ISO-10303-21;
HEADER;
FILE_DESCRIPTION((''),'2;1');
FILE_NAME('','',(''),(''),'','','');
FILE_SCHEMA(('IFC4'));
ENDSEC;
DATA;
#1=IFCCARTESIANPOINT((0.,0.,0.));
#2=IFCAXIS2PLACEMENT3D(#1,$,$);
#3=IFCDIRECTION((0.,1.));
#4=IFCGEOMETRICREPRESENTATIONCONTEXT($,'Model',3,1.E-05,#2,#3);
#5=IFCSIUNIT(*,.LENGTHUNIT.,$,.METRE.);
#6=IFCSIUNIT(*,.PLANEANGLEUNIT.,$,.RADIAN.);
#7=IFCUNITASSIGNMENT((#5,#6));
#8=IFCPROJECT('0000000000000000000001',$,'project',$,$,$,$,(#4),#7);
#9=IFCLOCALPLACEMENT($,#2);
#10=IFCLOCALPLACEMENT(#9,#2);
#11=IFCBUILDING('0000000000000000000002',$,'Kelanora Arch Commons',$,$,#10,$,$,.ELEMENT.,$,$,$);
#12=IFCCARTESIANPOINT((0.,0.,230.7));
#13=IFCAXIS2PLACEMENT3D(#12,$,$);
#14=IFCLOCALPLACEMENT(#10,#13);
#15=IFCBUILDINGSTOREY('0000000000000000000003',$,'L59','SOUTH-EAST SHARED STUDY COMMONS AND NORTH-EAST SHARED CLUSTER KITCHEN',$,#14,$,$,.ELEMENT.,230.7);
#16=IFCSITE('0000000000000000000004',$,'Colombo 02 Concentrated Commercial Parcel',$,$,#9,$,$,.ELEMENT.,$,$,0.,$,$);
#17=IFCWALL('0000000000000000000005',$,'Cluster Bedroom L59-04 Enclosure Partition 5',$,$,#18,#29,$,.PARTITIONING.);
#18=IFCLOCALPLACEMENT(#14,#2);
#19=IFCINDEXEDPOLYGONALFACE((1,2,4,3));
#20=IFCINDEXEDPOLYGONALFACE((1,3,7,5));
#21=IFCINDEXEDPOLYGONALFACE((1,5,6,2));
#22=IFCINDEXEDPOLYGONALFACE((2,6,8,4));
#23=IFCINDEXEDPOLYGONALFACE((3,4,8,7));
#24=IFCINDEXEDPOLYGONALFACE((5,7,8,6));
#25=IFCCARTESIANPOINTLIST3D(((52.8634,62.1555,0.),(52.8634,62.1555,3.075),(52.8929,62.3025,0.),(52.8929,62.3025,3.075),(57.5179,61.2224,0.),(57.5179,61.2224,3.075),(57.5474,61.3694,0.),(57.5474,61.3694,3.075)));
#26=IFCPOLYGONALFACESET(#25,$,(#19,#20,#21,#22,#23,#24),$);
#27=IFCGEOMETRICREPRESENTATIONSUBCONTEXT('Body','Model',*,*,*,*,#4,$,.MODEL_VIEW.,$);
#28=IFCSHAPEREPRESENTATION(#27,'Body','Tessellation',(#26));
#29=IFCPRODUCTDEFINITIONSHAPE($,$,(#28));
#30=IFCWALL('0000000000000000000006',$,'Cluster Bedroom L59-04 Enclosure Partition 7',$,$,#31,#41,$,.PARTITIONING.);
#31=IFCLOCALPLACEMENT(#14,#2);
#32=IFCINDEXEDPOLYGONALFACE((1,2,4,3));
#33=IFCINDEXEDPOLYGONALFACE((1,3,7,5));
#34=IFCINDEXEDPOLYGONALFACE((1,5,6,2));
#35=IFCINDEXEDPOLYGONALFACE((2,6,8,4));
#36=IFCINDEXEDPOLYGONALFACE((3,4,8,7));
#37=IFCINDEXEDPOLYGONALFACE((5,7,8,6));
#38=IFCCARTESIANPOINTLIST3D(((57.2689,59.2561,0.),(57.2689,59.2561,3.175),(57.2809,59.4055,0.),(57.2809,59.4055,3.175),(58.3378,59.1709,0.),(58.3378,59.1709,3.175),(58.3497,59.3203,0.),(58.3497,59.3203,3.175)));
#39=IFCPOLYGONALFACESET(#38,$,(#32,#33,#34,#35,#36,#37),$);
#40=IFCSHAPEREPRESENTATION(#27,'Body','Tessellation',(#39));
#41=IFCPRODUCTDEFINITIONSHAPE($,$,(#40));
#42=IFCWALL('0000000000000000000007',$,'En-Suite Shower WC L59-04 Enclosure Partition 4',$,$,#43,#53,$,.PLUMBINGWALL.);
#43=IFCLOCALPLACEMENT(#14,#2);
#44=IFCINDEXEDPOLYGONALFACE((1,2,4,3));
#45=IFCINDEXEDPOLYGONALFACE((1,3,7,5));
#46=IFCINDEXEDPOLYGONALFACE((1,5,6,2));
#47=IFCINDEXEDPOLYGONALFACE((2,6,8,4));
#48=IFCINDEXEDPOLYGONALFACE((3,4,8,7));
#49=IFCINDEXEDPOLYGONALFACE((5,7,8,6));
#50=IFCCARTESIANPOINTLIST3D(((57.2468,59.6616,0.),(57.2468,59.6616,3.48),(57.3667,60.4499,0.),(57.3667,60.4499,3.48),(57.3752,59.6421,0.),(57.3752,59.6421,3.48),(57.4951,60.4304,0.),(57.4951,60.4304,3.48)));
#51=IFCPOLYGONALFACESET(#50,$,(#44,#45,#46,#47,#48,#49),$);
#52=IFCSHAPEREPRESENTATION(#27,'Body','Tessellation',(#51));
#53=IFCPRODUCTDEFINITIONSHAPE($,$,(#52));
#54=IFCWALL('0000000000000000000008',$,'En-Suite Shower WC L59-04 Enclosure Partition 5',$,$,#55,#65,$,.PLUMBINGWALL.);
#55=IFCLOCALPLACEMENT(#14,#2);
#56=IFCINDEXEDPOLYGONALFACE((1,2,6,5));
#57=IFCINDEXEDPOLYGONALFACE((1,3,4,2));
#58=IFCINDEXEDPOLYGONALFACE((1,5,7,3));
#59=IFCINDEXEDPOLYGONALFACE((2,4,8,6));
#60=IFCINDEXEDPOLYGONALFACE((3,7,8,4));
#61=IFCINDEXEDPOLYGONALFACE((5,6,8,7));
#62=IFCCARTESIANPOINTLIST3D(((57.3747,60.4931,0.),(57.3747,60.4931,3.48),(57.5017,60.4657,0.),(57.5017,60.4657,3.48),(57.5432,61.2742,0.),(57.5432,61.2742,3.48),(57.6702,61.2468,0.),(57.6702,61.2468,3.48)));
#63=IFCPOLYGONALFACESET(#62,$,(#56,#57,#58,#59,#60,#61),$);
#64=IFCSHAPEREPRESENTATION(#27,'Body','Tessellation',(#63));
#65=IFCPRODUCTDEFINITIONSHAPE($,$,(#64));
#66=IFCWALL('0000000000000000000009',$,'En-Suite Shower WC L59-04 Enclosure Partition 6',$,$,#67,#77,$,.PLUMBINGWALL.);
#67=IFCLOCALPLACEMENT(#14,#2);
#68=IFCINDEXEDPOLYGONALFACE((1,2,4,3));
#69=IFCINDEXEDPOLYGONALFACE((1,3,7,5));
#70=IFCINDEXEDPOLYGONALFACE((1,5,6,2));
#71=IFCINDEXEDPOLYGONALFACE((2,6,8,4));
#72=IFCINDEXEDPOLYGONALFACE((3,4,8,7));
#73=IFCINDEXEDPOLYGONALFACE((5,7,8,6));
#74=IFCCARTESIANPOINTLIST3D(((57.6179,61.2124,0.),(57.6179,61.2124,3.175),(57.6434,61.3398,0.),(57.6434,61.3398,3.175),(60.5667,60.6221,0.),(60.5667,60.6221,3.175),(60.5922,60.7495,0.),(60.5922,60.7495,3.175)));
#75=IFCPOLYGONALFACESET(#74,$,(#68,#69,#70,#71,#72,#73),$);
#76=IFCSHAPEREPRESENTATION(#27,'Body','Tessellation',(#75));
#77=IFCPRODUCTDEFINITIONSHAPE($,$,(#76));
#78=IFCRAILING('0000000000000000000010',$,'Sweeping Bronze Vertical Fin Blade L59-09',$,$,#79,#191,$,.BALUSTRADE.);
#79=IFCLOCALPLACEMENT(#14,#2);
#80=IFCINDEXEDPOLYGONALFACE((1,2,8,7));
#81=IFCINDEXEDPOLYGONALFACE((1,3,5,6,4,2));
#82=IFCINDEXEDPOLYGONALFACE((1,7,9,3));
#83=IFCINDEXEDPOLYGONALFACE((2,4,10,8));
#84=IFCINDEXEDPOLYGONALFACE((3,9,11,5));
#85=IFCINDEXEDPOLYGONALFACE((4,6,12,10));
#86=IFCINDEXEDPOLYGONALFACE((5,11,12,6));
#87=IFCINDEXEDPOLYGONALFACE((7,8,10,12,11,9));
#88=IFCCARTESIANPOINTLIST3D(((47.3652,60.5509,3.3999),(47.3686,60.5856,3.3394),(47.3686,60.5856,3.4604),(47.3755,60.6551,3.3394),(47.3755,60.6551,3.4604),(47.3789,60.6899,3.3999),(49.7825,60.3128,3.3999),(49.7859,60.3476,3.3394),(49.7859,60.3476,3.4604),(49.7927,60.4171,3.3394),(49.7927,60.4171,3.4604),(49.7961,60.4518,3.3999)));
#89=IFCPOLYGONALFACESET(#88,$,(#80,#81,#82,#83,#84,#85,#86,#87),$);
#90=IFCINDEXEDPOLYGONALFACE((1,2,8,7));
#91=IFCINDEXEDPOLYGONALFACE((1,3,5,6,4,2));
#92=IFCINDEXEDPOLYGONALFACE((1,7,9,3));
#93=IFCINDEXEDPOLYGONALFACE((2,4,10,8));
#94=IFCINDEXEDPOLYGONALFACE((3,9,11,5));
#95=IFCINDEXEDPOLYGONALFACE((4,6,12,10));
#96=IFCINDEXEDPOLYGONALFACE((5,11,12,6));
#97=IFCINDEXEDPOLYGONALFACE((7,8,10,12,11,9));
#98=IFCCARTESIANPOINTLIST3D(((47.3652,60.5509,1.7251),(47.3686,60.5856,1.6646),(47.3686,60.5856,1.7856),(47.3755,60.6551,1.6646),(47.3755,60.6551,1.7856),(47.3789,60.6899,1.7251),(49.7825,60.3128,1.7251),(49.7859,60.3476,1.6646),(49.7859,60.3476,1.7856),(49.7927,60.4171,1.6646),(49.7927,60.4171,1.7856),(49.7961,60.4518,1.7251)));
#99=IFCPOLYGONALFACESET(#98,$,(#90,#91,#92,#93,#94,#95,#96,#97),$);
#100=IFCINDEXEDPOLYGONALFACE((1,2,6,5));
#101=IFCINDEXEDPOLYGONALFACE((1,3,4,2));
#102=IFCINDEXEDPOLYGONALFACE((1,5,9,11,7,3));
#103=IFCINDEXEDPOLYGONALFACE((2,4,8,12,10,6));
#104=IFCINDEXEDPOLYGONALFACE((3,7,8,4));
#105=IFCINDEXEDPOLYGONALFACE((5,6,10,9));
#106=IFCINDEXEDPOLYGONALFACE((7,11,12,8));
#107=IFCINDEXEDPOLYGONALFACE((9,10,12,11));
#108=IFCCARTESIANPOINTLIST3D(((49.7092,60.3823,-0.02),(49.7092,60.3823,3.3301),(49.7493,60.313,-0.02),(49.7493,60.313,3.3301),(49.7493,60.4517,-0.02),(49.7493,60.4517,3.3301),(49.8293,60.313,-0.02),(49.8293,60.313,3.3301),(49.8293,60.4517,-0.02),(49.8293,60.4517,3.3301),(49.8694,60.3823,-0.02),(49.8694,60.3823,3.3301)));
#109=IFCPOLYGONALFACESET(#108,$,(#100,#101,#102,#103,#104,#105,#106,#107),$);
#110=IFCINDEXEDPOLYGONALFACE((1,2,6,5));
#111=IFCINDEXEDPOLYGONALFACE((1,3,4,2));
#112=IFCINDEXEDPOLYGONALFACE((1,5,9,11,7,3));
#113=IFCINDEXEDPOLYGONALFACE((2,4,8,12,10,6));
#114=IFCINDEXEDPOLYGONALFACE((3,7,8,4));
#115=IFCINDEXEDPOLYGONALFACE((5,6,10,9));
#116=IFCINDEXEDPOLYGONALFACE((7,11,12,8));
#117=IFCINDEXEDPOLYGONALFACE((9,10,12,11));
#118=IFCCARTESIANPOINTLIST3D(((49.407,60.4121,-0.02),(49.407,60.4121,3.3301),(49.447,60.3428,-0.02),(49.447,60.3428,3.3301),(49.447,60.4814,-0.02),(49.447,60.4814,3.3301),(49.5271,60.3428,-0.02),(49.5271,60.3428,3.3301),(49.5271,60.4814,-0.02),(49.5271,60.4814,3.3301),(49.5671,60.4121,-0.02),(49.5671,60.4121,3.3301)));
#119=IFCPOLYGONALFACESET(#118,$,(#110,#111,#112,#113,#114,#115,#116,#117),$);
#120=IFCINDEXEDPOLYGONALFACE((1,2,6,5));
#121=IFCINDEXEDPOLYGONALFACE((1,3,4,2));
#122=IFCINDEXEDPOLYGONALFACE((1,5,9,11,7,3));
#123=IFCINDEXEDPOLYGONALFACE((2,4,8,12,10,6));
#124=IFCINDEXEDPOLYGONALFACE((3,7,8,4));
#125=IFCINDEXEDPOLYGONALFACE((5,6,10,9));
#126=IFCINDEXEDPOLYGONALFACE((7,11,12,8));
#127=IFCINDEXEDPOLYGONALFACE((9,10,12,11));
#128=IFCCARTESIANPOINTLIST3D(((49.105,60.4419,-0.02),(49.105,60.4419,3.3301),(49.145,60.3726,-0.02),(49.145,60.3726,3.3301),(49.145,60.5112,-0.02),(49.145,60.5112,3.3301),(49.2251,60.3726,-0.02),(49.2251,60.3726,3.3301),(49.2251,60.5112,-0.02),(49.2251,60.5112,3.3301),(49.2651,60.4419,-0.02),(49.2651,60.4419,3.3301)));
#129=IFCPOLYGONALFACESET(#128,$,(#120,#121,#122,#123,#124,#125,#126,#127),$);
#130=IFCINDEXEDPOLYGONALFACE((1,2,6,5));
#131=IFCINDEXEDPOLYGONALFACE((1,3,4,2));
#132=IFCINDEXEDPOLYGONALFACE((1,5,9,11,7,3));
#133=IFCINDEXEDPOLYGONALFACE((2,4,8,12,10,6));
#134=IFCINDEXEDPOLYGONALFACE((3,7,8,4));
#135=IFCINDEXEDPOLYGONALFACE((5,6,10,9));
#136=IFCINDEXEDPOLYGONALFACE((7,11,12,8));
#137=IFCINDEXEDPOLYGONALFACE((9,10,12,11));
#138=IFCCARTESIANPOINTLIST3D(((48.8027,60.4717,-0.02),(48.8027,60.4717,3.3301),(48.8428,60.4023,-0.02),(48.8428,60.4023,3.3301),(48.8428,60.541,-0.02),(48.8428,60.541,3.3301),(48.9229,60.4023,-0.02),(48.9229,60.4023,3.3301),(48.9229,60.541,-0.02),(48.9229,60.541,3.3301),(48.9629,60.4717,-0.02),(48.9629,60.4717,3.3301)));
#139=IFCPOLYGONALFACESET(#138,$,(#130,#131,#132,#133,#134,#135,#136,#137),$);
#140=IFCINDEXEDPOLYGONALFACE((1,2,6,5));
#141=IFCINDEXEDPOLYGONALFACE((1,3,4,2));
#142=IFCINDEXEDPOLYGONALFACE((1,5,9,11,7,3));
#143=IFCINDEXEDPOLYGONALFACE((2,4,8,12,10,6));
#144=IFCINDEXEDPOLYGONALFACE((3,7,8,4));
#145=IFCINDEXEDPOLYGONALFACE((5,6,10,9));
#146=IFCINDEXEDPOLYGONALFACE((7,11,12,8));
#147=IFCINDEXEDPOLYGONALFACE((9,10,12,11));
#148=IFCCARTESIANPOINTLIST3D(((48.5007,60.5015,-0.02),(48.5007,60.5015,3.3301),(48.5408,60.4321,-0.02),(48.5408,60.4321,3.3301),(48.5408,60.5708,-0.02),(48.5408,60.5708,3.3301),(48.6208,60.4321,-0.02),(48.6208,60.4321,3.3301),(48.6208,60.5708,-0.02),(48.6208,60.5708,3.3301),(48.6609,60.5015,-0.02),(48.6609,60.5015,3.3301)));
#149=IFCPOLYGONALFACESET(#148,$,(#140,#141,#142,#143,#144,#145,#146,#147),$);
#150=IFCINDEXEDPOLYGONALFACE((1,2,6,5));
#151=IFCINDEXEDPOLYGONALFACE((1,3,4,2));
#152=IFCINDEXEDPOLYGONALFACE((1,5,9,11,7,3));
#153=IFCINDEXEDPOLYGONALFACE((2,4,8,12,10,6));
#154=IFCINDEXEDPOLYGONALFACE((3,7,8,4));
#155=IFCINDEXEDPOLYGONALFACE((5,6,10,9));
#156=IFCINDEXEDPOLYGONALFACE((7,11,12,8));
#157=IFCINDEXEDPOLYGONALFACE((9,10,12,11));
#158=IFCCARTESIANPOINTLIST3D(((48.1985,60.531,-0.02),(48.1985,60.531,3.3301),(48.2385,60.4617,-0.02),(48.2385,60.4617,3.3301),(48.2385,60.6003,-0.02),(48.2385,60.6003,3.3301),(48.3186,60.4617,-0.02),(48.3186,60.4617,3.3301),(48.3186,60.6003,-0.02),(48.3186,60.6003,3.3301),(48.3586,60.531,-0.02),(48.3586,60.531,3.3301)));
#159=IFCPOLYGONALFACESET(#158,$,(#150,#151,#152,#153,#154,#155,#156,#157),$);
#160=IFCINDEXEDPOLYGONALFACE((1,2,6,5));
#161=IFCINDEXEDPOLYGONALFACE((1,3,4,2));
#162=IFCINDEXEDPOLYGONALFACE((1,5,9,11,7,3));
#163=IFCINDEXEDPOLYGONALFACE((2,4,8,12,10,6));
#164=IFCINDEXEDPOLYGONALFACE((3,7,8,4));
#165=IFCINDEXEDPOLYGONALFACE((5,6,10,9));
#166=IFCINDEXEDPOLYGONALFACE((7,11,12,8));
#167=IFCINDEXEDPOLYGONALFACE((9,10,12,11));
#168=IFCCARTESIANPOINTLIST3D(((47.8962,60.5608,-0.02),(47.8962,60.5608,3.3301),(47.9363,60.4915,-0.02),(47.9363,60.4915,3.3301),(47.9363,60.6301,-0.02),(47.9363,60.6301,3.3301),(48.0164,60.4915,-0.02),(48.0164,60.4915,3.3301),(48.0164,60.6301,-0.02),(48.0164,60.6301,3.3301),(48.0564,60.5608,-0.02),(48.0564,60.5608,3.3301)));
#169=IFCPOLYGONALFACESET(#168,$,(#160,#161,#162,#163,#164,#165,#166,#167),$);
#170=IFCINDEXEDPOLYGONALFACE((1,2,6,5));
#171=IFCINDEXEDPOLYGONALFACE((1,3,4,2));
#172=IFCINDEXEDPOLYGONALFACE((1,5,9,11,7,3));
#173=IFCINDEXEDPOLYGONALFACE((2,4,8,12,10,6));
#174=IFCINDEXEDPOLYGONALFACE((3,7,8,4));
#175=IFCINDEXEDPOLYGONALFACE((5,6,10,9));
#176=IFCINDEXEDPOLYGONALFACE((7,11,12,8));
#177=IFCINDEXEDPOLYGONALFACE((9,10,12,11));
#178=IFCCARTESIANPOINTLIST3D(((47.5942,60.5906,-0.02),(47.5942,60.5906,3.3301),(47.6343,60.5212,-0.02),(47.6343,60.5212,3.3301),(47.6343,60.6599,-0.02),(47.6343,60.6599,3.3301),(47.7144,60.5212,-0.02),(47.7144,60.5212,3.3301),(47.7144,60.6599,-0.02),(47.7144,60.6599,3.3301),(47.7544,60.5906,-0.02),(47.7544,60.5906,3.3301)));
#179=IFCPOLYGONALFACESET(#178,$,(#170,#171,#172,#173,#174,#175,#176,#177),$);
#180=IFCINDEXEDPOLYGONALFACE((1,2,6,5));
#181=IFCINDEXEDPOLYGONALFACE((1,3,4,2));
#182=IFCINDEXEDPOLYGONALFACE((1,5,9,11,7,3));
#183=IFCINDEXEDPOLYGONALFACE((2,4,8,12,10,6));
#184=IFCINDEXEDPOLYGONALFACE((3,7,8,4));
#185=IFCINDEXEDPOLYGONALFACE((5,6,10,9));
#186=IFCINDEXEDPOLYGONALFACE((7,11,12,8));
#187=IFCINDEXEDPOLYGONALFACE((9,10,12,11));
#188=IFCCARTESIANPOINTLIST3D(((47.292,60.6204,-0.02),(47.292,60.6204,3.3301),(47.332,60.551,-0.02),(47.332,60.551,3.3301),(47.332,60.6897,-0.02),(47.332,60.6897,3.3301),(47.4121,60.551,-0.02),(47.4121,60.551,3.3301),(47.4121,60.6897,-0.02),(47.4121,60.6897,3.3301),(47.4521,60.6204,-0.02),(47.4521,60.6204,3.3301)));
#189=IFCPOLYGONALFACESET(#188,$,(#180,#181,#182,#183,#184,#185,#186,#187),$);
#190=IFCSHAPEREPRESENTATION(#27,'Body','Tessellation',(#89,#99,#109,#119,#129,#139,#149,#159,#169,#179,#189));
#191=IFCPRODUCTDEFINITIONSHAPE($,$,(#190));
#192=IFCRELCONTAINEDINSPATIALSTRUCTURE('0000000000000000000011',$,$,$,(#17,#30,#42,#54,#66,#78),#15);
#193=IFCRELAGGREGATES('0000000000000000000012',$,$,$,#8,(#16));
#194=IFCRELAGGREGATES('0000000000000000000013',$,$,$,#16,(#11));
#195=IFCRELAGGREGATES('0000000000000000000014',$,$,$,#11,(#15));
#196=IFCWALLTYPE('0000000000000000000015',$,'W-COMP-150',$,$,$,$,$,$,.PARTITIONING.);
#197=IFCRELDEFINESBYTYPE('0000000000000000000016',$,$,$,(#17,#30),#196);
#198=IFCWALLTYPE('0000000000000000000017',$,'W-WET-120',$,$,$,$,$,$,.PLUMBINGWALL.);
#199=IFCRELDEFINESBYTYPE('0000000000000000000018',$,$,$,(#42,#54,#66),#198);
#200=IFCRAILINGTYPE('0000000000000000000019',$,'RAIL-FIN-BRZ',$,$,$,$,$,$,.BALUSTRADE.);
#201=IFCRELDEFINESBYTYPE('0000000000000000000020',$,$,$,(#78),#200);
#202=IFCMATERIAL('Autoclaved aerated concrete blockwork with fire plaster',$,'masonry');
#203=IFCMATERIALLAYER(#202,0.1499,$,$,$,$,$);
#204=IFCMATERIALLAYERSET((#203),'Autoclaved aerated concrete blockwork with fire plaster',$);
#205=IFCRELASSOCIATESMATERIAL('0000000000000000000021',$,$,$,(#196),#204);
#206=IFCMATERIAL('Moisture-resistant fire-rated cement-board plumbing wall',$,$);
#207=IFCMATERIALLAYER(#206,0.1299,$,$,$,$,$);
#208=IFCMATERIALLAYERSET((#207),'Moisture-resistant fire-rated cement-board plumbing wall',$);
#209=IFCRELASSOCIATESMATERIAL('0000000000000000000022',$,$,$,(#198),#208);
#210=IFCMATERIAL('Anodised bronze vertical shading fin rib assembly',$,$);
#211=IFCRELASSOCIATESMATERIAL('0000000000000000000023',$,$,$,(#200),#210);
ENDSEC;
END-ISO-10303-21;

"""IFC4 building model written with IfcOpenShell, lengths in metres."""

from ifc_helpers import new_model, si_unit, direction, frame, frame_2d, origin, place, context, subcontext, project, spatial, polyline, rectangle, outline, extrude, material, layer, layer_set, type_object, element, save


model = new_model("IFC4")

# Units and contexts
model_context = context("Model", 3, precision=1e-05, world=origin(), true_north=direction((0.0, 1.0)))
body_context = subcontext(model_context, "Body", "Model", "MODEL_VIEW")
ifc_project = project(units=[si_unit("LENGTHUNIT", "METRE"), si_unit("PLANEANGLEUNIT", "RADIAN")], contexts=[model_context])

# Site, building, storey
site_placement = place(None, origin())
site = spatial("IfcSite", under=ifc_project, at=site_placement, Name="Colombo 02 Concentrated Commercial Parcel", CompositionType="ELEMENT", RefElevation=0.0)
building_placement = place(site_placement, origin())
building = spatial("IfcBuilding", under=site, at=building_placement, Name="Kelanora Arch Commons", CompositionType="ELEMENT")
storey_placement = place(building_placement, frame((0.0, 0.0, 230.7)))
storey = spatial("IfcBuildingStorey", under=building, at=storey_placement, Name="L59", Description="SOUTH-EAST SHARED STUDY COMMONS AND NORTH-EAST SHARED CLUSTER KITCHEN", CompositionType="ELEMENT", Elevation=230.7)

# Walls
ifc_material_1 = material(Name="Autoclaved aerated concrete blockwork with fire plaster", Category="masonry")
ifc_layer_1 = layer(ifc_material_1, 0.1499)
ifc_layer_set_1 = layer_set([ifc_layer_1], Name="Autoclaved aerated concrete blockwork with fire plaster")
wall_type_1 = type_object("IfcWallType", Name="W-COMP-150", PredefinedType="PARTITIONING", material=ifc_layer_set_1)
wall_1_placement = place(storey_placement, frame((52.8782, 62.229, 0.0), z_axis=(0.0, 0.0, 1.0), x_axis=(0.980492, -0.196561, 0.0)))
element("IfcWall", 1, at=wall_1_placement, inside=storey, type_object=wall_type_1, Name="Cluster Bedroom L59-04 Enclosure Partition 5", PredefinedType="PARTITIONING", context=body_context, shape_type="SweptSolid", body=[
    extrude(rectangle(XDim=4.7471, YDim=0.1499, at=frame_2d((2.3735, 0.0))), origin(), (0.0, 0.0, 1.0), 3.075),
])
wall_2_placement = place(storey_placement, frame((57.2749, 59.3308, 0.0), z_axis=(0.0, 0.0, 1.0), x_axis=(0.996838, -0.079465, 0.0)))
element("IfcWall", 2, at=wall_2_placement, inside=storey, type_object=wall_type_1, Name="Cluster Bedroom L59-04 Enclosure Partition 7", PredefinedType="PARTITIONING", context=body_context, shape_type="SweptSolid", body=[
    extrude(rectangle(XDim=1.0723, YDim=0.1499, at=frame_2d((0.5361, 0.0))), origin(), (0.0, 0.0, 1.0), 3.175),
])
ifc_material_2 = material(Name="Moisture-resistant fire-rated cement-board plumbing wall")
ifc_layer_2 = layer(ifc_material_2, 0.1299)
ifc_layer_set_2 = layer_set([ifc_layer_2], Name="Moisture-resistant fire-rated cement-board plumbing wall")
wall_type_2 = type_object("IfcWallType", Name="W-WET-120", PredefinedType="PLUMBINGWALL", material=ifc_layer_set_2)
wall_3_placement = place(storey_placement, frame((57.311, 59.6519, 0.0), z_axis=(0.0, 0.0, 1.0), x_axis=(0.150331, 0.988636, 0.0)))
element("IfcWall", 3, at=wall_3_placement, inside=storey, type_object=wall_type_2, Name="En-Suite Shower WC L59-04 Enclosure Partition 4", PredefinedType="PLUMBINGWALL", context=body_context, shape_type="SweptSolid", body=[
    extrude(rectangle(XDim=0.7974, YDim=0.1299, at=frame_2d((0.3987, 0.0))), origin(), (0.0, 0.0, 1.0), 3.48),
])
wall_4_placement = place(storey_placement, frame((57.4382, 60.4795, 0.0), z_axis=(0.0, 0.0, 1.0), x_axis=(0.210844, 0.97752, 0.0)))
element("IfcWall", 4, at=wall_4_placement, inside=storey, type_object=wall_type_2, Name="En-Suite Shower WC L59-04 Enclosure Partition 5", PredefinedType="PLUMBINGWALL", context=body_context, shape_type="SweptSolid", body=[
    extrude(rectangle(XDim=0.7991, YDim=0.1299, at=frame_2d((0.3994, 0.0))), origin(), (0.0, 0.0, 1.0), 3.48),
])
wall_5_placement = place(storey_placement, frame((57.6306, 61.2761, 0.0), z_axis=(0.0, 0.0, 1.0), x_axis=(0.980543, -0.196303, 0.0)))
element("IfcWall", 5, at=wall_5_placement, inside=storey, type_object=wall_type_2, Name="En-Suite Shower WC L59-04 Enclosure Partition 6", PredefinedType="PLUMBINGWALL", context=body_context, shape_type="SweptSolid", body=[
    extrude(rectangle(XDim=3.0073, YDim=0.1299, at=frame_2d((1.5037, 0.0))), origin(), (0.0, 0.0, 1.0), 3.175),
])

# Railing
ifc_material_3 = material(Name="Anodised bronze vertical shading fin rib assembly")
railing_type = type_object("IfcRailingType", Name="RAIL-FIN-BRZ", PredefinedType="BALUSTRADE", material=ifc_material_3)
railing_placement = place(storey_placement, frame((49.7893, 60.3823, -0.02)))
element("IfcRailing", 6, at=railing_placement, inside=storey, type_object=railing_type, Name="Sweeping Bronze Vertical Fin Blade L59-09", PredefinedType="BALUSTRADE", context=body_context, shape_type="SweptSolid", body=[
    extrude(outline(polyline([(0.0698, 0.0), (0.0349, 0.0605), (-0.0349, 0.0605), (-0.0698, 0.0), (-0.0349, -0.0605), (0.0349, -0.0605), (0.0698, 0.0)])), frame((0.0, 0.0, 3.4199), z_axis=(-0.995186, 0.098001, 0.0), x_axis=(-0.098001, -0.995186, 0.0)), (0.0, 0.0, 1.0), 2.429),
    extrude(outline(polyline([(0.0698, 0.0), (0.0349, 0.0605), (-0.0349, 0.0605), (-0.0698, 0.0), (-0.0349, -0.0605), (0.0349, -0.0605), (0.0698, 0.0)])), frame((0.0, 0.0, 1.7451), z_axis=(-0.995186, 0.098001, 0.0), x_axis=(-0.098001, -0.995186, 0.0)), (0.0, 0.0, 1.0), 2.429),
    extrude(outline(polyline([(0.0801, 0.0), (0.04, 0.0693), (-0.04, 0.0693), (-0.0801, 0.0), (-0.04, -0.0693), (0.04, -0.0693), (0.0801, 0.0)])), origin(), (0.0, 0.0, 1.0), 3.3501),
    extrude(outline(polyline([(0.0801, 0.0), (0.04, 0.0693), (-0.04, 0.0693), (-0.0801, 0.0), (-0.04, -0.0693), (0.04, -0.0693), (0.0801, 0.0)])), frame((-0.3022, 0.0298, 0.0)), (0.0, 0.0, 1.0), 3.3501),
    extrude(outline(polyline([(0.0801, 0.0), (0.04, 0.0693), (-0.04, 0.0693), (-0.0801, 0.0), (-0.04, -0.0693), (0.04, -0.0693), (0.0801, 0.0)])), frame((-0.6042, 0.0596, 0.0)), (0.0, 0.0, 1.0), 3.3501),
    extrude(outline(polyline([(0.0801, 0.0), (0.04, 0.0693), (-0.04, 0.0693), (-0.0801, 0.0), (-0.04, -0.0693), (0.04, -0.0693), (0.0801, 0.0)])), frame((-0.9065, 0.0894, 0.0)), (0.0, 0.0, 1.0), 3.3501),
    extrude(outline(polyline([(0.0801, 0.0), (0.04, 0.0693), (-0.04, 0.0693), (-0.0801, 0.0), (-0.04, -0.0693), (0.04, -0.0693), (0.0801, 0.0)])), frame((-1.2085, 0.1191, 0.0)), (0.0, 0.0, 1.0), 3.3501),
    extrude(outline(polyline([(0.0801, 0.0), (0.04, 0.0693), (-0.04, 0.0693), (-0.0801, 0.0), (-0.04, -0.0693), (0.04, -0.0693), (0.0801, 0.0)])), frame((-1.5107, 0.1487, 0.0)), (0.0, 0.0, 1.0), 3.3501),
    extrude(outline(polyline([(0.0801, 0.0), (0.04, 0.0693), (-0.04, 0.0693), (-0.0801, 0.0), (-0.04, -0.0693), (0.04, -0.0693), (0.0801, 0.0)])), frame((-1.813, 0.1785, 0.0)), (0.0, 0.0, 1.0), 3.3501),
    extrude(outline(polyline([(0.0801, 0.0), (0.04, 0.0693), (-0.04, 0.0693), (-0.0801, 0.0), (-0.04, -0.0693), (0.04, -0.0693), (0.0801, 0.0)])), frame((-2.115, 0.2083, 0.0)), (0.0, 0.0, 1.0), 3.3501),
    extrude(outline(polyline([(0.0801, 0.0), (0.04, 0.0693), (-0.04, 0.0693), (-0.0801, 0.0), (-0.04, -0.0693), (0.04, -0.0693), (0.0801, 0.0)])), frame((-2.4172, 0.238, 0.0)), (0.0, 0.0, 1.0), 3.3501),
])

save(model, "model.ifc")
